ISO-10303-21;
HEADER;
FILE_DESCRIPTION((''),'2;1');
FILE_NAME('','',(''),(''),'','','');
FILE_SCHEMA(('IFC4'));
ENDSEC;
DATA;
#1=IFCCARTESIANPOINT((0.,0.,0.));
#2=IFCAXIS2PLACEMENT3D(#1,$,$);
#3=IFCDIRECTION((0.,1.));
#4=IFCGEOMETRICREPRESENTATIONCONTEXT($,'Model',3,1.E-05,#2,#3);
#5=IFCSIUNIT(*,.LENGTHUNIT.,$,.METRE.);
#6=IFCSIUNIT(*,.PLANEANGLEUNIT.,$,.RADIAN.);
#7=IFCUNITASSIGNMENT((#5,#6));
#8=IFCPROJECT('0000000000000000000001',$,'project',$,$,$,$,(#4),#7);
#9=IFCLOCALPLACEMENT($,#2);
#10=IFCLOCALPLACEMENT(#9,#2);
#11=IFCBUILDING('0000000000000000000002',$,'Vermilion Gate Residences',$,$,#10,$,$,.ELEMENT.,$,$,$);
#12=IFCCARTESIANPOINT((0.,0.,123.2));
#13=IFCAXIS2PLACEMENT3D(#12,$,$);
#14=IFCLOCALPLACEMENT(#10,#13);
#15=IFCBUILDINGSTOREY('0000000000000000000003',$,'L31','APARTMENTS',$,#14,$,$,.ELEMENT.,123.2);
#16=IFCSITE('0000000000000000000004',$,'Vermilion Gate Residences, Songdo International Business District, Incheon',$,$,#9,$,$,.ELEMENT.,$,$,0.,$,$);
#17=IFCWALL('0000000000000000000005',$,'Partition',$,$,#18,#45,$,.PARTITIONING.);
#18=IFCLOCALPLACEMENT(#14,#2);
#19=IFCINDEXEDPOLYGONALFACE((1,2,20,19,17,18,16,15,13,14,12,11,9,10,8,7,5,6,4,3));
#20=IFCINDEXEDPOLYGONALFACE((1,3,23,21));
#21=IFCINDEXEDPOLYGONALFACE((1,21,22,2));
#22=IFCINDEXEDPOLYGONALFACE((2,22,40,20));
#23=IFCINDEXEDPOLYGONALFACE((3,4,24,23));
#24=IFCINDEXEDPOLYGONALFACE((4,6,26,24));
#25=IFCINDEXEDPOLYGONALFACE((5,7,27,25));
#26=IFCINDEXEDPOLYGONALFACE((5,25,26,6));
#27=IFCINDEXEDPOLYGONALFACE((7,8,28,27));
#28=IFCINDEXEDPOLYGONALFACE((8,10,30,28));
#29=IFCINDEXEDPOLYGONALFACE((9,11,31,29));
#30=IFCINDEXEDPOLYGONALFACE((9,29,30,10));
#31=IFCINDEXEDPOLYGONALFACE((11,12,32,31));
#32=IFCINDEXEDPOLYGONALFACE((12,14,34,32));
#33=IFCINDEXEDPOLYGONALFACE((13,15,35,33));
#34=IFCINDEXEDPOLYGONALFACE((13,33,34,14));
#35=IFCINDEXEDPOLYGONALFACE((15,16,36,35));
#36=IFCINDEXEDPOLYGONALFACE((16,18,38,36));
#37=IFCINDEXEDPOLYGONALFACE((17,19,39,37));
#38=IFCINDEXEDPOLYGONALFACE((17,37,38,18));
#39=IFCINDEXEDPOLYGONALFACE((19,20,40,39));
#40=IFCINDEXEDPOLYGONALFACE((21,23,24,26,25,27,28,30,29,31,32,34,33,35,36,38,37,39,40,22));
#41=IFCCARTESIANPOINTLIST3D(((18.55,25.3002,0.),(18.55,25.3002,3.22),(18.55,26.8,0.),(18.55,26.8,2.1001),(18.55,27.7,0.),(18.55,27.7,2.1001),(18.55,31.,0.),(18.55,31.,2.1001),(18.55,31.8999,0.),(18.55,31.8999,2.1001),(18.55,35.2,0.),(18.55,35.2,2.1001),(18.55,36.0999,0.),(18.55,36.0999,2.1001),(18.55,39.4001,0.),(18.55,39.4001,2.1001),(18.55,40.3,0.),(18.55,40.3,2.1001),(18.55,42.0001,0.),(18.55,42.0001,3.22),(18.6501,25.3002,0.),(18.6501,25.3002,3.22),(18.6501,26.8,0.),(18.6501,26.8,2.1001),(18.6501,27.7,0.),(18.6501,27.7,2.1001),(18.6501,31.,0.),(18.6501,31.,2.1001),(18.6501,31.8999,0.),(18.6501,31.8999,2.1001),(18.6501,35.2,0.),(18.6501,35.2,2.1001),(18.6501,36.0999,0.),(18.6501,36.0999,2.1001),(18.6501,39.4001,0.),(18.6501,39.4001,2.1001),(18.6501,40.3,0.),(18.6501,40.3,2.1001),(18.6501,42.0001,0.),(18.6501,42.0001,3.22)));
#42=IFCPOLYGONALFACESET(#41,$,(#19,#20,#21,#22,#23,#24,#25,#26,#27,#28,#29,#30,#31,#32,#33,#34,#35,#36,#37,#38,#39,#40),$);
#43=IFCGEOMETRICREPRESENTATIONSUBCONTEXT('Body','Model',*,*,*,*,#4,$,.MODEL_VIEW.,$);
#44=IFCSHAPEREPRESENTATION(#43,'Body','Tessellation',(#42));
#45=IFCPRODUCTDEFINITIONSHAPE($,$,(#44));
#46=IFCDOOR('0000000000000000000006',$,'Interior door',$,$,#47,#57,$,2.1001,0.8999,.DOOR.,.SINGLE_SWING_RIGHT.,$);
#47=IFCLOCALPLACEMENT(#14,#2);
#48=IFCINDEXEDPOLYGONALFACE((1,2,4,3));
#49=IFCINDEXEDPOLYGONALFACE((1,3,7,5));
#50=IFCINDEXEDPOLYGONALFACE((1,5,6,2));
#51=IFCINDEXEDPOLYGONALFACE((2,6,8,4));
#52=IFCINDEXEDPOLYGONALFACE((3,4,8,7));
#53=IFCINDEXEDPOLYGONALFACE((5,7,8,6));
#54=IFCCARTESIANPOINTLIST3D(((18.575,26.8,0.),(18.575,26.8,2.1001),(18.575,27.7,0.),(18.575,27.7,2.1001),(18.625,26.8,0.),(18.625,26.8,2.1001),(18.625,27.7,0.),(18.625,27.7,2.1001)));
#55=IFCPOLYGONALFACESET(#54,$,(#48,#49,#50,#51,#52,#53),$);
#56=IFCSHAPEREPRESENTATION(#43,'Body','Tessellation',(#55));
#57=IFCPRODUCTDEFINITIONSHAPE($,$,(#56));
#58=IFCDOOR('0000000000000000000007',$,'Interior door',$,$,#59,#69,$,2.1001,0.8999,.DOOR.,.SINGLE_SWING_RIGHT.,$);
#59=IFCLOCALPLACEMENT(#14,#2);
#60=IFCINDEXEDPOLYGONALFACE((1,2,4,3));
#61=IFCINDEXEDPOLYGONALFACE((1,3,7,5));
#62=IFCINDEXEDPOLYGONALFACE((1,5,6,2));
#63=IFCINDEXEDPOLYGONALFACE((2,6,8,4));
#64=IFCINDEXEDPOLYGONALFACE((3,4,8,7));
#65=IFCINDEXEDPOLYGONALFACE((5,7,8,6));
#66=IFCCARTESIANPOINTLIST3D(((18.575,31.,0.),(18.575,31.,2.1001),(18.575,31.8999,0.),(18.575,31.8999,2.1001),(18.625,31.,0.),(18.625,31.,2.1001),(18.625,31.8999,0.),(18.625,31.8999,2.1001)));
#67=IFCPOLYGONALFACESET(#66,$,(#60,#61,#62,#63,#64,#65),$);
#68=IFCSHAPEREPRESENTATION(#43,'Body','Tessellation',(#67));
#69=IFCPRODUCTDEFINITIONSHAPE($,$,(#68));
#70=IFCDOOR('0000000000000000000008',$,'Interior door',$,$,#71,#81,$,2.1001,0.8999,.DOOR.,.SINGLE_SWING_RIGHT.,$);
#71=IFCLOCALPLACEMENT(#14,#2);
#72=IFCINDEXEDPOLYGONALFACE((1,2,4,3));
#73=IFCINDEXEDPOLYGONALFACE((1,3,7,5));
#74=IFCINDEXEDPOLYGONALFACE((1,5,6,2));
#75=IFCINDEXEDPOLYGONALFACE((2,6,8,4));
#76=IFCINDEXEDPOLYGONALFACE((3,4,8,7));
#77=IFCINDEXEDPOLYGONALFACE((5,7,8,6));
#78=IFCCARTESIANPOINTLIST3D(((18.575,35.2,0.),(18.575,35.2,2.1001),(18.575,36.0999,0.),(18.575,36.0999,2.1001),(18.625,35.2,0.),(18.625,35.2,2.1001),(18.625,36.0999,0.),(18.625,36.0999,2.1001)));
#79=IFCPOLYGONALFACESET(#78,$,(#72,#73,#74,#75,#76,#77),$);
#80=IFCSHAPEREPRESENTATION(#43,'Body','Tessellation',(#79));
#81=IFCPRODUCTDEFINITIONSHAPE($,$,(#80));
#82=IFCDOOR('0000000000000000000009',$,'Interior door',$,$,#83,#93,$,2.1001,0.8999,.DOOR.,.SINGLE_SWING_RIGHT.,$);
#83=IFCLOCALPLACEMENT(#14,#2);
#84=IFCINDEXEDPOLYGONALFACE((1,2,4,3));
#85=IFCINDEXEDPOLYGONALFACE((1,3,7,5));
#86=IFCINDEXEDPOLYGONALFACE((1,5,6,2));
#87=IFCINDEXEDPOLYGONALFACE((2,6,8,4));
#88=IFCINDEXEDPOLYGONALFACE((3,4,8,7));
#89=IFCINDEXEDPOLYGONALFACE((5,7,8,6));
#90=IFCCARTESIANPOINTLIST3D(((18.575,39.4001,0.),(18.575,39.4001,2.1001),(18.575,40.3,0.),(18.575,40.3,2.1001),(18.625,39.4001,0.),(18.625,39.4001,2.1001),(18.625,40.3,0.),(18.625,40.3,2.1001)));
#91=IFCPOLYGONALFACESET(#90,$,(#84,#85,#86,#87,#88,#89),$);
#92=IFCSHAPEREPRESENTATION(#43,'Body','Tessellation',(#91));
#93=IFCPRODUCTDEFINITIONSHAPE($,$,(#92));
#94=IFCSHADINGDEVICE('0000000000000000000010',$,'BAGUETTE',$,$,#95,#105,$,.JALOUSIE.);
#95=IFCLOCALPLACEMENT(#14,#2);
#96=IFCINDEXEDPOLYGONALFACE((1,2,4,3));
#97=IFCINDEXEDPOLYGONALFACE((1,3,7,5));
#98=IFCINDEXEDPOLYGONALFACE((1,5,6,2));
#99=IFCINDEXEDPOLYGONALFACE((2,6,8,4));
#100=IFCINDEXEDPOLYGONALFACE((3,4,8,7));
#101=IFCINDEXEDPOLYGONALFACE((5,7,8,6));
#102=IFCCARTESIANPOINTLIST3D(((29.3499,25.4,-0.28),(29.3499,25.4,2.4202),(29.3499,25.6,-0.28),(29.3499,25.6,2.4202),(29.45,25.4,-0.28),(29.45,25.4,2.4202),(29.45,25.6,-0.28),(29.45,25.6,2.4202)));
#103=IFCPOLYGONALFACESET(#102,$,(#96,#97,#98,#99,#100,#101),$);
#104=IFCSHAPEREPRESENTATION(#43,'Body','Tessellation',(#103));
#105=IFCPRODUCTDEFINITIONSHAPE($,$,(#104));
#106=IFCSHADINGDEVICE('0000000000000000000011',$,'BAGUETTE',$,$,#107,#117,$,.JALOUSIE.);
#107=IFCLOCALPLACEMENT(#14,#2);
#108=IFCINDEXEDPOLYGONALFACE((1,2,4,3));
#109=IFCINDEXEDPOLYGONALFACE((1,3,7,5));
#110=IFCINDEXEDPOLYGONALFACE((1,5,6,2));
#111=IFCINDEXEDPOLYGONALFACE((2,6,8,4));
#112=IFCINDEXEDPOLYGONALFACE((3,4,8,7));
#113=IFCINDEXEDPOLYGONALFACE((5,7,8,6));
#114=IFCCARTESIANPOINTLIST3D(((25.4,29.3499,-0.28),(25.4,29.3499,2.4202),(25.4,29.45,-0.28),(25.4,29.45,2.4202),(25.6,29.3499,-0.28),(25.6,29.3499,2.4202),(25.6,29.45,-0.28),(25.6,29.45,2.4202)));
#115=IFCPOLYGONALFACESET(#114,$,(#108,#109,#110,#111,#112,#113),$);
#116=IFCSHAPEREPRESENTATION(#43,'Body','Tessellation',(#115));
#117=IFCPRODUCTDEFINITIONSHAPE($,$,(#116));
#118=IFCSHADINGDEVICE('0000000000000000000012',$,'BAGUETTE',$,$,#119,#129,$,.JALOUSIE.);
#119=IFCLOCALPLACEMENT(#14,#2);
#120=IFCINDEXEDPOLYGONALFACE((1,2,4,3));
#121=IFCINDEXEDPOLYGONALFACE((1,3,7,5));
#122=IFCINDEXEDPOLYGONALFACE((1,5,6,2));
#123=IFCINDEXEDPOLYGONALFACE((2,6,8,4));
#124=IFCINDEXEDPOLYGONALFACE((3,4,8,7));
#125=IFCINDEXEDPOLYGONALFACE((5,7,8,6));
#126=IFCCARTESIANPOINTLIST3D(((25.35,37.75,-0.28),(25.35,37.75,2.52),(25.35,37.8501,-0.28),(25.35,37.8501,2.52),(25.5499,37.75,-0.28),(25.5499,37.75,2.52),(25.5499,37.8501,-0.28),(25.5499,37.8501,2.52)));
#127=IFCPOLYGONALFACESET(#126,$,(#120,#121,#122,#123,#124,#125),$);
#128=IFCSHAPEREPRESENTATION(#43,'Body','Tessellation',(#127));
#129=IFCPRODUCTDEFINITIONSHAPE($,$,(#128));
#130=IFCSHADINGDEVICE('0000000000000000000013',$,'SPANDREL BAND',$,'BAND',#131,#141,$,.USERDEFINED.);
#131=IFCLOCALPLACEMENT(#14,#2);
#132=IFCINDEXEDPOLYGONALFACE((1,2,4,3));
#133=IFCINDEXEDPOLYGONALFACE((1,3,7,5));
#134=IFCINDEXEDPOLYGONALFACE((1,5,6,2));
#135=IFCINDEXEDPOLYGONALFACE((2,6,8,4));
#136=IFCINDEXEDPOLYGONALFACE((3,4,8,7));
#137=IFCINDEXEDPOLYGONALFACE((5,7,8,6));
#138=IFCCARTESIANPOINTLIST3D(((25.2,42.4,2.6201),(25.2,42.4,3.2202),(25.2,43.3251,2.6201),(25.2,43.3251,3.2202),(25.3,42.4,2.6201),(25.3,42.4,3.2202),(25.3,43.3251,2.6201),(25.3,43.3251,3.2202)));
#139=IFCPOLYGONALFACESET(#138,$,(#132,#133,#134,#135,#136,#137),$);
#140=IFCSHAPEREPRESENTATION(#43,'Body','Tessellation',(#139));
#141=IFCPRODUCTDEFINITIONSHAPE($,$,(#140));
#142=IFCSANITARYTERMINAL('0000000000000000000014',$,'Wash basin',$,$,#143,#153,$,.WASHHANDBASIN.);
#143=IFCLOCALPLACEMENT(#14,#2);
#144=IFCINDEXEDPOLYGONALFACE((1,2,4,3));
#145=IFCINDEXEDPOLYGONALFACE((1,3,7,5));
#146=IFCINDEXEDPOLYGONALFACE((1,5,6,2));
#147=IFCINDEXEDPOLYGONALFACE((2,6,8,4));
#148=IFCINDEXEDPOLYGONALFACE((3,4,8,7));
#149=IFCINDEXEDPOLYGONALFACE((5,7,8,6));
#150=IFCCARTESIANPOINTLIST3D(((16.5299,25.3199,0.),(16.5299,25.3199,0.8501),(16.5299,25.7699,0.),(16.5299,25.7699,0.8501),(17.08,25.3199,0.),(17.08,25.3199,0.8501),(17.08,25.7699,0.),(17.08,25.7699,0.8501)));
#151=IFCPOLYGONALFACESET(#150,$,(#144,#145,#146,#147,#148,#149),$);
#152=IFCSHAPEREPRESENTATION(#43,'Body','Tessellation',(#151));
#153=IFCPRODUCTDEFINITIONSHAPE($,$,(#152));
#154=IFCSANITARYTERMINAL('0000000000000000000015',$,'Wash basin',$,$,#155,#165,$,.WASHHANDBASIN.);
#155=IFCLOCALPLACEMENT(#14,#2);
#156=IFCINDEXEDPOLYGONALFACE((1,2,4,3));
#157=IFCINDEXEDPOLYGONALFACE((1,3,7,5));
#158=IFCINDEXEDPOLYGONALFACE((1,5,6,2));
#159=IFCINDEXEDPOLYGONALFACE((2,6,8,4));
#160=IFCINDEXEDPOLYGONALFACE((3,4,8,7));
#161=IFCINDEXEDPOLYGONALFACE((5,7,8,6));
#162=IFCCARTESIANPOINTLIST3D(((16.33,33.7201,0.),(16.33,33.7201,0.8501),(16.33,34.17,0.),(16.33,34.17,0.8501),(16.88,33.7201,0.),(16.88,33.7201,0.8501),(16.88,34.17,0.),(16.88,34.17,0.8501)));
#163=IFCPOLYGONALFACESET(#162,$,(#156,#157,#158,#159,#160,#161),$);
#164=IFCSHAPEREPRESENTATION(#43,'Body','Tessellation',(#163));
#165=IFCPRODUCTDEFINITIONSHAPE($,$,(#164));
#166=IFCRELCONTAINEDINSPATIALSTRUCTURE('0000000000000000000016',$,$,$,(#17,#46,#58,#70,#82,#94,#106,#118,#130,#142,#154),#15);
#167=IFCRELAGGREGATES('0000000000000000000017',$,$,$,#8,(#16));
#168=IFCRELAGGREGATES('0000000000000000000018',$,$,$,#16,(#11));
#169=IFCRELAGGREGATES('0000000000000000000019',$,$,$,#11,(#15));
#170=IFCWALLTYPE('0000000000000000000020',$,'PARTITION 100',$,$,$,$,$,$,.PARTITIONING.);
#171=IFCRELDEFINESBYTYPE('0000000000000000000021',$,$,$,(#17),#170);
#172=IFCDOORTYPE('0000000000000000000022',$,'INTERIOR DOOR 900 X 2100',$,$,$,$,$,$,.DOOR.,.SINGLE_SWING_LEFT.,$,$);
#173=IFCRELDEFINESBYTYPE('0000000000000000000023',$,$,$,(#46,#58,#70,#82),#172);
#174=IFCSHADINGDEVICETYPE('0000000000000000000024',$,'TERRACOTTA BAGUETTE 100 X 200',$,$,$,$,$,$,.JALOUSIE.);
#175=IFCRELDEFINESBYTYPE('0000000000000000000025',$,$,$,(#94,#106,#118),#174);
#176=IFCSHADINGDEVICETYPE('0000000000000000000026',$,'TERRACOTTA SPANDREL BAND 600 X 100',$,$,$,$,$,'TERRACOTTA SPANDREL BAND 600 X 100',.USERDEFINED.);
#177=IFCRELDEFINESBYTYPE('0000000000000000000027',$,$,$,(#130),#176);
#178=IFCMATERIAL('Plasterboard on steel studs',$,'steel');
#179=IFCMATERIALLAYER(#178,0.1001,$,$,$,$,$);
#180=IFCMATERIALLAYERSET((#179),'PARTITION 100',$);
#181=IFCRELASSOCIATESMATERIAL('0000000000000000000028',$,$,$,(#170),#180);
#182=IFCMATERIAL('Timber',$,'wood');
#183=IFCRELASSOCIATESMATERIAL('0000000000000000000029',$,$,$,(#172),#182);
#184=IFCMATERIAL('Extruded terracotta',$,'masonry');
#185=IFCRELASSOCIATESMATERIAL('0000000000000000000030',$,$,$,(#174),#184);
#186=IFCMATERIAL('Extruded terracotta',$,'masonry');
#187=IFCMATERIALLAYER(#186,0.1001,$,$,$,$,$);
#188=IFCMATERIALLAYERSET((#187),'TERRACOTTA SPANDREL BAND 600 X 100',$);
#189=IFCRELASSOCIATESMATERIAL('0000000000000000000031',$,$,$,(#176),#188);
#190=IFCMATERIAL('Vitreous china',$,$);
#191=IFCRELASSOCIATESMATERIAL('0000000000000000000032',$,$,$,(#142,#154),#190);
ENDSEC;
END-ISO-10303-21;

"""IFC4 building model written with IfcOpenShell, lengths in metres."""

from ifc_helpers import new_model, si_unit, direction, frame, frame_2d, origin, origin_2d, place, context, subcontext, project, spatial, rectangle, extrude, material, layer, layer_set, material_profile, profile_set, type_object, element, fill, save


model = new_model("IFC4")

# Units and contexts
model_context = context("Model", 3, precision=1e-05, world=origin(), true_north=direction((0.0, 1.0)))
body_context = subcontext(model_context, "Body", "Model", "MODEL_VIEW")
ifc_project = project(units=[si_unit("LENGTHUNIT", "METRE"), si_unit("PLANEANGLEUNIT", "RADIAN")], contexts=[model_context])

# Site, building, storey
site_placement = place(None, origin())
site = spatial("IfcSite", under=ifc_project, at=site_placement, Name="Vermilion Gate Residences, Songdo International Business District, Incheon", CompositionType="ELEMENT", RefElevation=0.0)
building_placement = place(site_placement, origin())
building = spatial("IfcBuilding", under=site, at=building_placement, Name="Vermilion Gate Residences", CompositionType="ELEMENT")
storey_placement = place(building_placement, frame((0.0, 0.0, 123.2)))
storey = spatial("IfcBuildingStorey", under=building, at=storey_placement, Name="L31", Description="APARTMENTS", CompositionType="ELEMENT", Elevation=123.2)

# Shared definitions
ifc_material_1 = material(Name="Plasterboard on steel studs", Category="steel")
ifc_layer_1 = layer(ifc_material_1, 0.1001)
ifc_layer_set_1 = layer_set([ifc_layer_1], Name="PARTITION 100")
wall_type = type_object("IfcWallType", Name="PARTITION 100", PredefinedType="PARTITIONING", material=ifc_layer_set_1)

# Wall, openings, doors
ifc_material_2 = material(Name="Timber", Category="wood")
door_type = type_object("IfcDoorType", Name="INTERIOR DOOR 900 X 2100", OperationType="SINGLE_SWING_LEFT", PredefinedType="DOOR", material=ifc_material_2)
wall_1_placement = place(storey_placement, frame((18.6001, 25.3, 0.0), z_axis=(0.0, 0.0, 1.0), x_axis=(0.0, 1.0, 0.0)))
wall_1 = element("IfcWall", 1, at=wall_1_placement, inside=storey, type_object=wall_type, Name="Partition", PredefinedType="PARTITIONING", context=body_context, shape_type="SweptSolid", body=[
    extrude(rectangle(XDim=16.7, YDim=0.1001, at=frame_2d((8.3501, 0.0))), origin(), (0.0, 0.0, 1.0), 3.22),
])
opening_1_placement = place(wall_1_placement, frame((1.5, 0.0, 0.0)))
opening_1 = element("IfcOpeningElement", 2, at=opening_1_placement, cuts=wall_1, PredefinedType="OPENING", context=body_context, shape_type="SweptSolid", body=[
    extrude(rectangle(XDim=0.8999, YDim=2.1001, at=frame_2d((0.45, 1.05))), frame((0.0, 0.0601, 0.0), z_axis=(0.0, -1.0, 0.0), x_axis=(1.0, 0.0, 0.0)), (0.0, 0.0, 1.0), 0.1201),
])
opening_2_placement = place(wall_1_placement, frame((5.7, 0.0, 0.0)))
opening_2 = element("IfcOpeningElement", 3, at=opening_2_placement, cuts=wall_1, PredefinedType="OPENING", context=body_context, shape_type="SweptSolid", body=[
    extrude(rectangle(XDim=0.8999, YDim=2.1001, at=frame_2d((0.45, 1.05))), frame((0.0, 0.0601, 0.0), z_axis=(0.0, -1.0, 0.0), x_axis=(1.0, 0.0, 0.0)), (0.0, 0.0, 1.0), 0.1201),
])
opening_3_placement = place(wall_1_placement, frame((9.8999, 0.0, 0.0)))
opening_3 = element("IfcOpeningElement", 4, at=opening_3_placement, cuts=wall_1, PredefinedType="OPENING", context=body_context, shape_type="SweptSolid", body=[
    extrude(rectangle(XDim=0.8999, YDim=2.1001, at=frame_2d((0.45, 1.05))), frame((0.0, 0.0601, 0.0), z_axis=(0.0, -1.0, 0.0), x_axis=(1.0, 0.0, 0.0)), (0.0, 0.0, 1.0), 0.1201),
])
opening_4_placement = place(wall_1_placement, frame((14.1001, 0.0, 0.0)))
opening_4 = element("IfcOpeningElement", 5, at=opening_4_placement, cuts=wall_1, PredefinedType="OPENING", context=body_context, shape_type="SweptSolid", body=[
    extrude(rectangle(XDim=0.8999, YDim=2.1001, at=frame_2d((0.45, 1.05))), frame((0.0, 0.0601, 0.0), z_axis=(0.0, -1.0, 0.0), x_axis=(1.0, 0.0, 0.0)), (0.0, 0.0, 1.0), 0.1201),
])
door_1_placement = place(opening_1_placement, frame((0.8999, 0.0, 0.0), z_axis=(0.0, 0.0, 1.0), x_axis=(-1.0, 0.0, 0.0)))
door_1 = element("IfcDoor", 6, at=door_1_placement, inside=storey, type_object=door_type, Name="Interior door", OperationType="SINGLE_SWING_RIGHT", OverallHeight=2.1001, OverallWidth=0.8999, PredefinedType="DOOR", context=body_context, shape_type="SweptSolid", body=[
    extrude(rectangle(XDim=0.8999, YDim=2.1001, at=frame_2d((0.45, 1.05))), frame((0.0, 0.0249, 0.0), z_axis=(0.0, -1.0, 0.0), x_axis=(1.0, 0.0, 0.0)), (0.0, 0.0, 1.0), 0.05),
])
fill(opening_1, door_1)
door_2_placement = place(opening_2_placement, frame((0.8999, 0.0, 0.0), z_axis=(0.0, 0.0, 1.0), x_axis=(-1.0, 0.0, 0.0)))
door_2 = element("IfcDoor", 7, at=door_2_placement, inside=storey, type_object=door_type, Name="Interior door", OperationType="SINGLE_SWING_RIGHT", OverallHeight=2.1001, OverallWidth=0.8999, PredefinedType="DOOR", context=body_context, shape_type="SweptSolid", body=[
    extrude(rectangle(XDim=0.8999, YDim=2.1001, at=frame_2d((0.45, 1.05))), frame((0.0, 0.0249, 0.0), z_axis=(0.0, -1.0, 0.0), x_axis=(1.0, 0.0, 0.0)), (0.0, 0.0, 1.0), 0.05),
])
fill(opening_2, door_2)
door_3_placement = place(opening_3_placement, frame((0.8999, 0.0, 0.0), z_axis=(0.0, 0.0, 1.0), x_axis=(-1.0, 0.0, 0.0)))
door_3 = element("IfcDoor", 8, at=door_3_placement, inside=storey, type_object=door_type, Name="Interior door", OperationType="SINGLE_SWING_RIGHT", OverallHeight=2.1001, OverallWidth=0.8999, PredefinedType="DOOR", context=body_context, shape_type="SweptSolid", body=[
    extrude(rectangle(XDim=0.8999, YDim=2.1001, at=frame_2d((0.45, 1.05))), frame((0.0, 0.0249, 0.0), z_axis=(0.0, -1.0, 0.0), x_axis=(1.0, 0.0, 0.0)), (0.0, 0.0, 1.0), 0.05),
])
fill(opening_3, door_3)
door_4_placement = place(opening_4_placement, frame((0.8999, 0.0, 0.0), z_axis=(0.0, 0.0, 1.0), x_axis=(-1.0, 0.0, 0.0)))
door_4 = element("IfcDoor", 9, at=door_4_placement, inside=storey, type_object=door_type, Name="Interior door", OperationType="SINGLE_SWING_RIGHT", OverallHeight=2.1001, OverallWidth=0.8999, PredefinedType="DOOR", context=body_context, shape_type="SweptSolid", body=[
    extrude(rectangle(XDim=0.8999, YDim=2.1001, at=frame_2d((0.45, 1.05))), frame((0.0, 0.0249, 0.0), z_axis=(0.0, -1.0, 0.0), x_axis=(1.0, 0.0, 0.0)), (0.0, 0.0, 1.0), 0.05),
])
fill(opening_4, door_4)

# Shading devices
ifc_material_3 = material(Name="Extruded terracotta", Category="masonry")
ifc_material_profile_1 = material_profile(ifc_material_3, rectangle(XDim=0.2, YDim=0.1001, at=origin_2d()), Name="BAGUETTE 100 X 200")
ifc_profile_set_1 = profile_set([ifc_material_profile_1], Name="Extruded terracotta")
shading_device_type_1 = type_object("IfcShadingDeviceType", Name="TERRACOTTA BAGUETTE 100 X 200", PredefinedType="JALOUSIE", material=ifc_profile_set_1)
for number, where, z_axis, x_axis, name in (
    (10, (29.3999, 25.5, -0.28), (0.0, 0.0, 1.0), (0.0, -1.0, 0.0), "BAGUETTE"),
    (11, (25.5, 29.3999, -0.28), (0.0, 0.0, 1.0), (-1.0, 0.0, 0.0), "BAGUETTE"),
):
    element("IfcShadingDevice", number, at=place(storey_placement, frame(where, z_axis=z_axis, x_axis=x_axis)), inside=storey, type_object=shading_device_type_1, Name=name, PredefinedType="JALOUSIE", context=body_context, shape_type="SweptSolid", body=[
        extrude(rectangle(XDim=0.2, YDim=0.1001, at=origin_2d()), origin(), (0.0, 0.0, 1.0), 2.7002),
    ])
shading_device_1_placement = place(storey_placement, frame((25.45, 37.8, -0.28), z_axis=(0.0, 0.0, 1.0), x_axis=(-1.0, 0.0, 0.0)))
element("IfcShadingDevice", 12, at=shading_device_1_placement, inside=storey, type_object=shading_device_type_1, Name="BAGUETTE", PredefinedType="JALOUSIE", context=body_context, shape_type="SweptSolid", body=[
    extrude(rectangle(XDim=0.2, YDim=0.1001, at=origin_2d()), origin(), (0.0, 0.0, 1.0), 2.8),
])
ifc_material_4 = material(Name="Extruded terracotta", Category="masonry")
ifc_layer_2 = layer(ifc_material_4, 0.1001)
ifc_layer_set_2 = layer_set([ifc_layer_2], Name="TERRACOTTA SPANDREL BAND 600 X 100")
shading_device_type_2 = type_object("IfcShadingDeviceType", Name="TERRACOTTA SPANDREL BAND 600 X 100", ElementType="TERRACOTTA SPANDREL BAND 600 X 100", PredefinedType="USERDEFINED", material=ifc_layer_set_2)
shading_device_2_placement = place(storey_placement, frame((25.25, 42.8625, 2.6201), z_axis=(0.0, 0.0, 1.0), x_axis=(0.0, 1.0, 0.0)))
element("IfcShadingDevice", 13, at=shading_device_2_placement, inside=storey, type_object=shading_device_type_2, Name="SPANDREL BAND", ObjectType="BAND", PredefinedType="USERDEFINED", context=body_context, shape_type="SweptSolid", body=[
    extrude(rectangle(XDim=0.925, YDim=0.1001, at=origin_2d()), origin(), (0.0, 0.0, 1.0), 0.6001),
])

# Sanitary terminals
ifc_material_5 = material(Name="Vitreous china")
for number, where, z_axis, x_axis, name in (
    (14, (16.8049, 25.5449, 0.0), (0.0, 0.0, 1.0), (1.0, 0.0, 0.0), "Wash basin"),
    (15, (16.605, 33.9451, 0.0), (0.0, 0.0, 1.0), (1.0, 0.0, 0.0), "Wash basin"),
):
    element("IfcSanitaryTerminal", number, at=place(storey_placement, frame(where, z_axis=z_axis, x_axis=x_axis)), inside=storey, material=ifc_material_5, Name=name, PredefinedType="WASHHANDBASIN", context=body_context, shape_type="SweptSolid", body=[
        extrude(rectangle(XDim=0.55, YDim=0.45, at=origin_2d()), origin(), (0.0, 0.0, 1.0), 0.8501),
    ])

save(model, "model.ifc")
